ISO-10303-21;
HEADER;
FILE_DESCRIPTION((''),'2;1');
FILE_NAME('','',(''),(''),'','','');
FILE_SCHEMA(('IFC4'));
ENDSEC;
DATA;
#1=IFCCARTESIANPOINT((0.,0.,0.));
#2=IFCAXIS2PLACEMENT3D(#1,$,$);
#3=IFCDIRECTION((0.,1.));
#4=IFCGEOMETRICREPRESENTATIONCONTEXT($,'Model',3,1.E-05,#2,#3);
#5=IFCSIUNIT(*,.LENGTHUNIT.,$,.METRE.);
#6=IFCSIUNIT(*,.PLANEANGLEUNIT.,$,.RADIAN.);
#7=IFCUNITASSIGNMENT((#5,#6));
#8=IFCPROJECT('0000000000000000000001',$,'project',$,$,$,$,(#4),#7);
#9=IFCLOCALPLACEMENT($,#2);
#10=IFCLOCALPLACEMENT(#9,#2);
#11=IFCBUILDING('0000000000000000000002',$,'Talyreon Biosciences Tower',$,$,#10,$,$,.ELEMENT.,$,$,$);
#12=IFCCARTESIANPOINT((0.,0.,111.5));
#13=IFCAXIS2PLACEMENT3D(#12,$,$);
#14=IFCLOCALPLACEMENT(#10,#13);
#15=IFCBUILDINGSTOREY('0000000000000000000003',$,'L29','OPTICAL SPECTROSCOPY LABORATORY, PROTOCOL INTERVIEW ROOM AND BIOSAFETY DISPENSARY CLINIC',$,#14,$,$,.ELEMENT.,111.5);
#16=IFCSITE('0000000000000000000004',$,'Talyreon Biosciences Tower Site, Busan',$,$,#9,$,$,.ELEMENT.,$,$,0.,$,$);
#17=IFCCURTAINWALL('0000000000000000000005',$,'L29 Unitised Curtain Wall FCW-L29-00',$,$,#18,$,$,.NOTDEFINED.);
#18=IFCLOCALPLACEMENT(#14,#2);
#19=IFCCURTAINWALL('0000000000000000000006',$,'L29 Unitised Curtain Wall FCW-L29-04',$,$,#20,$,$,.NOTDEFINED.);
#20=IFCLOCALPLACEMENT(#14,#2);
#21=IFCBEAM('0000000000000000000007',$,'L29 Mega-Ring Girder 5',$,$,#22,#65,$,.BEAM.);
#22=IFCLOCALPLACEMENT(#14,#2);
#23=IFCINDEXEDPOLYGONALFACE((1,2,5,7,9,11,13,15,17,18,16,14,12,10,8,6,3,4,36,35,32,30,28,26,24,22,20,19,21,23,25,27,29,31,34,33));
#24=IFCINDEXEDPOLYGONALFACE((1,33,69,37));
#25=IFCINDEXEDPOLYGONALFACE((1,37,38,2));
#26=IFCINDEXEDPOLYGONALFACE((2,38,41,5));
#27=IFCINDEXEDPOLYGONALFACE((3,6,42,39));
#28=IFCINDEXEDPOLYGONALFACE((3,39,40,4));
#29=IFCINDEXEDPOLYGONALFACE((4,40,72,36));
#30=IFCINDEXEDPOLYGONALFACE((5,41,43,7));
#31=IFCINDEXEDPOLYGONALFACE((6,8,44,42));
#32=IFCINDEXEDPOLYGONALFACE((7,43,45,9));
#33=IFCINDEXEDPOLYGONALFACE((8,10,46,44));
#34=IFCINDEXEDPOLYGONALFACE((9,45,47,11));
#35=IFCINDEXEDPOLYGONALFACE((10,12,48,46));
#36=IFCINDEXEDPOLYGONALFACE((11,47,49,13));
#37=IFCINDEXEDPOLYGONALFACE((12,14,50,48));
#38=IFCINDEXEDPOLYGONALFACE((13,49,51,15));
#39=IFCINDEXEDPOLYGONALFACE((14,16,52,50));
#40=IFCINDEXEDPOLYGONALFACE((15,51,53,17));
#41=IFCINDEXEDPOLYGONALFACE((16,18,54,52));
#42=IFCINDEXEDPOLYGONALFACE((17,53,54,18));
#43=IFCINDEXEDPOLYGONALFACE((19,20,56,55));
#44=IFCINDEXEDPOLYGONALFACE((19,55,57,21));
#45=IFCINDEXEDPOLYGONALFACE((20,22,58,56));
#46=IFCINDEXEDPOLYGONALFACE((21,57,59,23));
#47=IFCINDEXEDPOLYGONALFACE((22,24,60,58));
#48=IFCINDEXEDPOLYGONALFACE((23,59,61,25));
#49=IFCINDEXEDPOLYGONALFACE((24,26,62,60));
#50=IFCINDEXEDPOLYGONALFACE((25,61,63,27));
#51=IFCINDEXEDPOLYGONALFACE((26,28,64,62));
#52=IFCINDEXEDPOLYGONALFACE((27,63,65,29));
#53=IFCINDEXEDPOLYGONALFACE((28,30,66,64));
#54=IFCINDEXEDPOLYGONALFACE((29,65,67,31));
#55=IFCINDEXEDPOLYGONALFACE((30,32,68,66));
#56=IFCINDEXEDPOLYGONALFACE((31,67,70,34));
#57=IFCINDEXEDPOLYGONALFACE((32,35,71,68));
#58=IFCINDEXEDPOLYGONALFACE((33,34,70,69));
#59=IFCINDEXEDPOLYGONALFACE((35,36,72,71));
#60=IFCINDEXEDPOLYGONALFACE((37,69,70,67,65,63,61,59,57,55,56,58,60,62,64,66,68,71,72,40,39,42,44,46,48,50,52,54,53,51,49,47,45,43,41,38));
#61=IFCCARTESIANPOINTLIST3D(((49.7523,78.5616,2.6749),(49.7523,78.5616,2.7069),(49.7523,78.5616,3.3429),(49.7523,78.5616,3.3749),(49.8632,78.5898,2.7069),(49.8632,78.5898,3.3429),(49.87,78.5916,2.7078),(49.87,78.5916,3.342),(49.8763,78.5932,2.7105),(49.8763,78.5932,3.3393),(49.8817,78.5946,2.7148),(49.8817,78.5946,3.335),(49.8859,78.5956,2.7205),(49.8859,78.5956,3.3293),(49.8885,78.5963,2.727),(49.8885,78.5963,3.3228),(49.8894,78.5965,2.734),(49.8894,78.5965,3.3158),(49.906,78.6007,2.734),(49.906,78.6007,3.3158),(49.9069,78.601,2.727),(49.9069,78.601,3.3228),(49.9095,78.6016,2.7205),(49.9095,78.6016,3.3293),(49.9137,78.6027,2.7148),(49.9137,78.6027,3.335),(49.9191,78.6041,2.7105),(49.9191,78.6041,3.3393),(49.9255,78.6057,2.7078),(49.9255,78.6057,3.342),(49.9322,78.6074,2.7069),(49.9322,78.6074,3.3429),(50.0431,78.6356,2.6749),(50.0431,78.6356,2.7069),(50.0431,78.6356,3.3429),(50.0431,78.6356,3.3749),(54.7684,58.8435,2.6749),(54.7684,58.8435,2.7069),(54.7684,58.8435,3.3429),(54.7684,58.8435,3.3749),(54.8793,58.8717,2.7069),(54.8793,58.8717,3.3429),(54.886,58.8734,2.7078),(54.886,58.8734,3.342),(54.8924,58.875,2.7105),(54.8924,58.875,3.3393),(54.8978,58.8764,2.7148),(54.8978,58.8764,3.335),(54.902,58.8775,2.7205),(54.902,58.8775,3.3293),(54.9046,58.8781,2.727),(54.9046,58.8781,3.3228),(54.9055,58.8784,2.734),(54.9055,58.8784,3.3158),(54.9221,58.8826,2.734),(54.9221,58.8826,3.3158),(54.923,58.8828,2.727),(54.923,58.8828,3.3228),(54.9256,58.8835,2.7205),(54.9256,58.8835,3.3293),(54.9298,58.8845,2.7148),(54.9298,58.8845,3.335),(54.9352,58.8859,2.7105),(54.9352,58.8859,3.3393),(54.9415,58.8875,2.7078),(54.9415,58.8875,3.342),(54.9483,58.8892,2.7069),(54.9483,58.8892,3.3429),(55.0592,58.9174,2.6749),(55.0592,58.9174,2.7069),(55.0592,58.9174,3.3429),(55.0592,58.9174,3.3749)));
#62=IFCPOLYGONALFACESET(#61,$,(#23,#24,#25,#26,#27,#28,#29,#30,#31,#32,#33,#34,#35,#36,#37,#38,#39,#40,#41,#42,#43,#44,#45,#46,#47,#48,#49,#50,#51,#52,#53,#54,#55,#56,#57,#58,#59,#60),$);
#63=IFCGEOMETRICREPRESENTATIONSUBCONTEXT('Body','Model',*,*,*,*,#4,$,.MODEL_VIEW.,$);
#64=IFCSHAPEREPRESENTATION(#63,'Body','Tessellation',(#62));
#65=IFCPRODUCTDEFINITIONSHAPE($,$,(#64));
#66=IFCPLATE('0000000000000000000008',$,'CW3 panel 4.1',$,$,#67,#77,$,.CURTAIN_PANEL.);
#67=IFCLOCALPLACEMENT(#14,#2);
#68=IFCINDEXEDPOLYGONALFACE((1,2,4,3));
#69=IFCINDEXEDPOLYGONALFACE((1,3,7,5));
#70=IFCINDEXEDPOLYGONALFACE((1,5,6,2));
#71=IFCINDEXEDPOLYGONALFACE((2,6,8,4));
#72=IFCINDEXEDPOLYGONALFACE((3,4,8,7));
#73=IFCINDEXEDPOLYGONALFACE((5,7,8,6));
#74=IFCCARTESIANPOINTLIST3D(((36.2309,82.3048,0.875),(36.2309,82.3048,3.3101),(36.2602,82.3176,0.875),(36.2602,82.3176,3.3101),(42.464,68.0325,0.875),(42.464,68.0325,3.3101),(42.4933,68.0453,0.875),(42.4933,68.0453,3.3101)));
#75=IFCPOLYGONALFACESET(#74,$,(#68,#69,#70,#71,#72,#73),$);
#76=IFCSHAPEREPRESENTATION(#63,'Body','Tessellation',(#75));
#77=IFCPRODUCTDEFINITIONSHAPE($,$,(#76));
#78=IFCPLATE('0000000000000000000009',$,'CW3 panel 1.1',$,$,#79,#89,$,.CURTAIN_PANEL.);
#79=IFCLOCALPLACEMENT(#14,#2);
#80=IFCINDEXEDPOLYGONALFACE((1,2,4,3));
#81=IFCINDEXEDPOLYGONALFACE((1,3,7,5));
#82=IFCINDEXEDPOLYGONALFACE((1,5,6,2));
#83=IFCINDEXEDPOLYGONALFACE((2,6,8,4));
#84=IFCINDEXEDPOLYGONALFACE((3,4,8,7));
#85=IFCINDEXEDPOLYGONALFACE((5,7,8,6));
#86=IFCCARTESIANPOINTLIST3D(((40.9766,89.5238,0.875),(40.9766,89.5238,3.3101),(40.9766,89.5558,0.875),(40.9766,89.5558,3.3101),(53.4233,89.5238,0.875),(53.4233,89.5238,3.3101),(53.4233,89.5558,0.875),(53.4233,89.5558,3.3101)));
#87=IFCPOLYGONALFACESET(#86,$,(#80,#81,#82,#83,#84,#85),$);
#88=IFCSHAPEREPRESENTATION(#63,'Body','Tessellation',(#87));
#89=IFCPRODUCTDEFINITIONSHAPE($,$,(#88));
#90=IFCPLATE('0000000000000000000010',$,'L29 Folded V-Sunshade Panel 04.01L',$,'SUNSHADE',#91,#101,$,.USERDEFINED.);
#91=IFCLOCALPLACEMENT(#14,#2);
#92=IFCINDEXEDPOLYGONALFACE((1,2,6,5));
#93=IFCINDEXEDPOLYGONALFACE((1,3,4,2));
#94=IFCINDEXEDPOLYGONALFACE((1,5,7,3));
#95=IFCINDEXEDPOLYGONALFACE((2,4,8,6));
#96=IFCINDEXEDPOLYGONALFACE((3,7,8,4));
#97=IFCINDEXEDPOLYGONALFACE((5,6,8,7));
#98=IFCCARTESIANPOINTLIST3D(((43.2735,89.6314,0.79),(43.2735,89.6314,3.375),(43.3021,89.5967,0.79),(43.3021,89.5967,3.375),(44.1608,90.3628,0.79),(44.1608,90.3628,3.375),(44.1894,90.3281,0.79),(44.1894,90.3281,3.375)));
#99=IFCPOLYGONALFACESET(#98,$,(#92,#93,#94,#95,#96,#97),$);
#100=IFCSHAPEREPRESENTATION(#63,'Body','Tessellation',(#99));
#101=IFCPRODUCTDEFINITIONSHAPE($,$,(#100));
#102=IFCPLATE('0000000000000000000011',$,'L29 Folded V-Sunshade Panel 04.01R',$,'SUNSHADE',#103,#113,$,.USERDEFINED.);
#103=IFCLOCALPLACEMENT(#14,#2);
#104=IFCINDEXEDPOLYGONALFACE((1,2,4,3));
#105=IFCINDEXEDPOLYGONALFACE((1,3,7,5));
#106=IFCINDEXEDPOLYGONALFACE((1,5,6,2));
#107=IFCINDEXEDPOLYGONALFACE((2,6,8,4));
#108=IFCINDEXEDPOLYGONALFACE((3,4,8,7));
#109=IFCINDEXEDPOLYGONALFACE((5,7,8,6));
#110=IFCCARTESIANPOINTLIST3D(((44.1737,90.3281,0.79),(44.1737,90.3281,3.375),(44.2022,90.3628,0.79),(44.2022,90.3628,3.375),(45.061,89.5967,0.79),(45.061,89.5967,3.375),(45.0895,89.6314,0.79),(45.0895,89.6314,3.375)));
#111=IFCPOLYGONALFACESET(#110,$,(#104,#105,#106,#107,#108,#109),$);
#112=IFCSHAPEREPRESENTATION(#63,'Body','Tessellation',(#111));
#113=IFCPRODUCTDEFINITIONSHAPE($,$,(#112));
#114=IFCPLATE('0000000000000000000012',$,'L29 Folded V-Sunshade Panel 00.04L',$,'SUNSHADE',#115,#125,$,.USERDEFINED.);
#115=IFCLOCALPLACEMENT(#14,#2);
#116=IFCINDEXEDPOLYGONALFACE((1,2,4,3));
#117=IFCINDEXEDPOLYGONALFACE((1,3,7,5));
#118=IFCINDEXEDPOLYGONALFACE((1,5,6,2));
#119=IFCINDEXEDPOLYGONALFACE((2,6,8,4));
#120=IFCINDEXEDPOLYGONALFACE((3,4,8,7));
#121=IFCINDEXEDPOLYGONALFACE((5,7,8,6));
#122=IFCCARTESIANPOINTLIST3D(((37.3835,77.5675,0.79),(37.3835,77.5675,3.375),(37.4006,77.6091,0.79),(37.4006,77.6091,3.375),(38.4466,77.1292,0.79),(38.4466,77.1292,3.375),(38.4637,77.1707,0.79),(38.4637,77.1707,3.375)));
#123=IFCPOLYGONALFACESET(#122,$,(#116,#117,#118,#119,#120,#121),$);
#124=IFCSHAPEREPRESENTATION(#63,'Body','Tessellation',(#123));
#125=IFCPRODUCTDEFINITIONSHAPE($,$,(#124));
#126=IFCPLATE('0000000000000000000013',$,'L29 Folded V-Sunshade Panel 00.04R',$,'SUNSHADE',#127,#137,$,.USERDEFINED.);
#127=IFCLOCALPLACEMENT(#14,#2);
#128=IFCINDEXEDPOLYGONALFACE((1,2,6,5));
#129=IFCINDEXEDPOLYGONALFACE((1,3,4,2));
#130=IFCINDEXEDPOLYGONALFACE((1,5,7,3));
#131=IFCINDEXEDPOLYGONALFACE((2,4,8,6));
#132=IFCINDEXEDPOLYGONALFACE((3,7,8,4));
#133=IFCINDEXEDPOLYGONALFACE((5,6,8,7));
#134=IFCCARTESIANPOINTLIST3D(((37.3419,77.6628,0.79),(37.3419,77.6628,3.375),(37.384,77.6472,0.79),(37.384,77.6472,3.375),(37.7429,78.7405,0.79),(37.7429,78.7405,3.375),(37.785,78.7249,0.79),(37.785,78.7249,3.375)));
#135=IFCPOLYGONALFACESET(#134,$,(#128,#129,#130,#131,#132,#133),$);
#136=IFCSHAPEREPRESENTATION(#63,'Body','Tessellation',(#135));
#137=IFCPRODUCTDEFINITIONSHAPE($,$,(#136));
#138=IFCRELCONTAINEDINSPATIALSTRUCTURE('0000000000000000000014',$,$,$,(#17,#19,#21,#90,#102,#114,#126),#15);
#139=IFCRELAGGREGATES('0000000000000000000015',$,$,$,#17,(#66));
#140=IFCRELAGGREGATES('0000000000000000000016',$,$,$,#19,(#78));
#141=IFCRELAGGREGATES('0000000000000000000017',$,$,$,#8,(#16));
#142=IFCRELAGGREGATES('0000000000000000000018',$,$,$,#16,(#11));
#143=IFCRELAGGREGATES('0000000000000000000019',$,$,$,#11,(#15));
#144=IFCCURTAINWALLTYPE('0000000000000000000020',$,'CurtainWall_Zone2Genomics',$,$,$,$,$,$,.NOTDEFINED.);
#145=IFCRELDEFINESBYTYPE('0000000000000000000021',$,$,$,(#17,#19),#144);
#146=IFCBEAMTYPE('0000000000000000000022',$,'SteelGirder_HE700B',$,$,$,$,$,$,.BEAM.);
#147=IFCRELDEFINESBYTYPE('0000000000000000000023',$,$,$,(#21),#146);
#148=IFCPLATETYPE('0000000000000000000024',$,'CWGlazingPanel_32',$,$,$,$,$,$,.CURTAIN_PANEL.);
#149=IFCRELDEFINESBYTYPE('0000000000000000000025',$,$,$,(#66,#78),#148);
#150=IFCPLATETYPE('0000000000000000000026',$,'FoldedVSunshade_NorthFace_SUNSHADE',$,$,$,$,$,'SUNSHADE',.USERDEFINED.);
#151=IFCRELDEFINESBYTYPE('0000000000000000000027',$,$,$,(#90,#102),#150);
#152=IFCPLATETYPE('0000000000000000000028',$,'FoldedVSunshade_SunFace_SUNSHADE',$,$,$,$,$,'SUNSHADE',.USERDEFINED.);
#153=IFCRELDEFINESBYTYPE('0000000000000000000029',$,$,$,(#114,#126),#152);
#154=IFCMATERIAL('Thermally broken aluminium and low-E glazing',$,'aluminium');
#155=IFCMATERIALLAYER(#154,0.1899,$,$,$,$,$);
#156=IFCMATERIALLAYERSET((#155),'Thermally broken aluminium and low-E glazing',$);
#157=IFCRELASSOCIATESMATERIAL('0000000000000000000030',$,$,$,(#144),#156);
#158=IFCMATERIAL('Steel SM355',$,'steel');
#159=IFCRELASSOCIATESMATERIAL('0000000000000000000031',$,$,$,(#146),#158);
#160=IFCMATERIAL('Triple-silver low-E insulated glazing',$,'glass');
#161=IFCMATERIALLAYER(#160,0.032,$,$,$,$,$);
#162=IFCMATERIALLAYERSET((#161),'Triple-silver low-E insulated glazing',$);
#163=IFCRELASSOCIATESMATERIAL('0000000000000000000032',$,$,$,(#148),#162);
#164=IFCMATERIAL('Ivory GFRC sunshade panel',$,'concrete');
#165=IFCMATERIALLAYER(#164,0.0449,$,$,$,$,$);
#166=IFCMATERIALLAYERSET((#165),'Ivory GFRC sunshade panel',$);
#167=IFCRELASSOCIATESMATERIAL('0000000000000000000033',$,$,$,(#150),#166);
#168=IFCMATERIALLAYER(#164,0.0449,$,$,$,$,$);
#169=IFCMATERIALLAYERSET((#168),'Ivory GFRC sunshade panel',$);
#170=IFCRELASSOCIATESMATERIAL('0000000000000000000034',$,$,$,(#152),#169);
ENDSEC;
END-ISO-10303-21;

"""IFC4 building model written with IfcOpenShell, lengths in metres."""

from ifc_helpers import new_model, si_unit, direction, frame, origin, origin_2d, place, context, subcontext, project, spatial, rectangle, i_section, extrude, material, layer, layer_set, material_profile, profile_set, type_object, element, aggregate, save


model = new_model("IFC4")

# Units and contexts
model_context = context("Model", 3, precision=1e-05, world=origin(), true_north=direction((0.0, 1.0)))
body_context = subcontext(model_context, "Body", "Model", "MODEL_VIEW")
ifc_project = project(units=[si_unit("LENGTHUNIT", "METRE"), si_unit("PLANEANGLEUNIT", "RADIAN")], contexts=[model_context])

# Site, building, storey
site_placement = place(None, origin())
site = spatial("IfcSite", under=ifc_project, at=site_placement, Name="Talyreon Biosciences Tower Site, Busan", CompositionType="ELEMENT", RefElevation=0.0)
building_placement = place(site_placement, origin())
building = spatial("IfcBuilding", under=site, at=building_placement, Name="Talyreon Biosciences Tower", CompositionType="ELEMENT")
storey_placement = place(building_placement, frame((0.0, 0.0, 111.5)))
storey = spatial("IfcBuildingStorey", under=building, at=storey_placement, Name="L29", Description="OPTICAL SPECTROSCOPY LABORATORY, PROTOCOL INTERVIEW ROOM AND BIOSAFETY DISPENSARY CLINIC", CompositionType="ELEMENT", Elevation=111.5)

# Curtain wall
ifc_material_1 = material(Name="Thermally broken aluminium and low-E glazing", Category="aluminium")
ifc_layer_1 = layer(ifc_material_1, 0.1899)
ifc_layer_set_1 = layer_set([ifc_layer_1], Name="Thermally broken aluminium and low-E glazing")
curtain_wall_type = type_object("IfcCurtainWallType", Name="CurtainWall_Zone2Genomics", PredefinedType="NOTDEFINED", material=ifc_layer_set_1)
curtain_wall_1_placement = place(storey_placement, origin())
curtain_wall_1 = element("IfcCurtainWall", 1, at=curtain_wall_1_placement, inside=storey, type_object=curtain_wall_type, Name="L29 Unitised Curtain Wall FCW-L29-00", PredefinedType="NOTDEFINED")

# Curtain wall
curtain_wall_2_placement = place(storey_placement, origin())
curtain_wall_2 = element("IfcCurtainWall", 2, at=curtain_wall_2_placement, inside=storey, type_object=curtain_wall_type, Name="L29 Unitised Curtain Wall FCW-L29-04", PredefinedType="NOTDEFINED")

# Beam
ifc_material_2 = material(Name="Steel SM355", Category="steel")
ifc_material_profile_1 = material_profile(ifc_material_2, i_section(OverallWidth=0.3, OverallDepth=0.7, WebThickness=0.0171, FlangeThickness=0.032, FilletRadius=0.0271, at=origin_2d()), Name="HE700B")
ifc_profile_set_1 = profile_set([ifc_material_profile_1], Name="Steel SM355")
beam_type_1 = type_object("IfcBeamType", Name="SteelGirder_HE700B", PredefinedType="BEAM", material=ifc_profile_set_1)
beam_1_placement = place(storey_placement, frame((49.8977, 78.5986, 3.0249), z_axis=(0.246537, -0.969133, 0.0), x_axis=(0.969133, 0.246537, 0.0)))
element("IfcBeam", 3, at=beam_1_placement, inside=storey, type_object=beam_type_1, Name="L29 Mega-Ring Girder 5", PredefinedType="BEAM", context=body_context, shape_type="SweptSolid", body=[
    extrude(i_section(OverallWidth=0.3, OverallDepth=0.7, WebThickness=0.0171, FlangeThickness=0.032, FilletRadius=0.0271, at=origin_2d()), origin(), (0.0, 0.0, 1.0), 20.3462),
])

# Plates
ifc_material_3 = material(Name="Triple-silver low-E insulated glazing", Category="glass")
ifc_layer_2 = layer(ifc_material_3, 0.032)
ifc_layer_set_2 = layer_set([ifc_layer_2], Name="Triple-silver low-E insulated glazing")
plate_type_1 = type_object("IfcPlateType", Name="CWGlazingPanel_32", PredefinedType="CURTAIN_PANEL", material=ifc_layer_set_2)
plate_1_placement = place(storey_placement, frame((39.3621, 75.175, 0.875), z_axis=(0.0, 0.0, 1.0), x_axis=(-0.400226, 0.916416, 0.0)))
plate_1 = element("IfcPlate", 4, at=plate_1_placement, type_object=plate_type_1, Name="CW3 panel 4.1", PredefinedType="CURTAIN_PANEL", context=body_context, shape_type="SweptSolid", body=[
    extrude(rectangle(XDim=15.574, YDim=0.032, at=origin_2d()), origin(), (0.0, 0.0, 1.0), 2.4351),
])
aggregate(curtain_wall_1, [plate_1])
plate_2_placement = place(storey_placement, frame((47.2, 89.5398, 0.875), z_axis=(0.0, 0.0, 1.0), x_axis=(1.0, 0.0, 0.0)))
plate_2 = element("IfcPlate", 5, at=plate_2_placement, type_object=plate_type_1, Name="CW3 panel 1.1", PredefinedType="CURTAIN_PANEL", context=body_context, shape_type="SweptSolid", body=[
    extrude(rectangle(XDim=12.4468, YDim=0.032, at=origin_2d()), origin(), (0.0, 0.0, 1.0), 2.4351),
])
aggregate(curtain_wall_2, [plate_2])

# Plates
ifc_material_4 = material(Name="Ivory GFRC sunshade panel", Category="concrete")
ifc_layer_3 = layer(ifc_material_4, 0.0449)
ifc_layer_set_3 = layer_set([ifc_layer_3], Name="Ivory GFRC sunshade panel")
plate_type_2 = type_object("IfcPlateType", Name="FoldedVSunshade_NorthFace_SUNSHADE", ElementType="SUNSHADE", PredefinedType="USERDEFINED", material=ifc_layer_set_3)
for number, where, z_axis, x_axis, name in (
    (6, (43.7314, 89.9797, 0.79), (0.0, 0.0, 1.0), (0.771625, 0.636078, 0.0), "L29 Folded V-Sunshade Panel 04.01L"),
    (7, (44.6316, 89.9797, 0.79), (0.0, 0.0, 1.0), (0.771625, -0.636078, 0.0), "L29 Folded V-Sunshade Panel 04.01R"),
):
    element("IfcPlate", number, at=place(storey_placement, frame(where, z_axis=z_axis, x_axis=x_axis)), inside=storey, type_object=plate_type_2, Name=name, ObjectType="SUNSHADE", PredefinedType="USERDEFINED", context=body_context, shape_type="SweptSolid", body=[
        extrude(rectangle(XDim=1.1499, YDim=0.0449, at=origin_2d()), origin(), (0.0, 0.0, 1.0), 2.585),
    ])
ifc_layer_4 = layer(ifc_material_4, 0.0449)
ifc_layer_set_4 = layer_set([ifc_layer_4], Name="Ivory GFRC sunshade panel")
plate_type_3 = type_object("IfcPlateType", Name="FoldedVSunshade_SunFace_SUNSHADE", ElementType="SUNSHADE", PredefinedType="USERDEFINED", material=ifc_layer_set_4)
for number, where, z_axis, x_axis, name in (
    (8, (37.9236, 77.3691, 0.79), (0.0, 0.0, 1.0), (-0.924493, 0.381199, 0.0), "L29 Folded V-Sunshade Panel 00.04L"),
    (9, (37.5635, 78.1938, 0.79), (0.0, 0.0, 1.0), (0.348703, 0.937233, 0.0), "L29 Folded V-Sunshade Panel 00.04R"),
):
    element("IfcPlate", number, at=place(storey_placement, frame(where, z_axis=z_axis, x_axis=x_axis)), inside=storey, type_object=plate_type_3, Name=name, ObjectType="SUNSHADE", PredefinedType="USERDEFINED", context=body_context, shape_type="SweptSolid", body=[
        extrude(rectangle(XDim=1.1499, YDim=0.0449, at=origin_2d()), origin(), (0.0, 0.0, 1.0), 2.585),
    ])

save(model, "model.ifc")
